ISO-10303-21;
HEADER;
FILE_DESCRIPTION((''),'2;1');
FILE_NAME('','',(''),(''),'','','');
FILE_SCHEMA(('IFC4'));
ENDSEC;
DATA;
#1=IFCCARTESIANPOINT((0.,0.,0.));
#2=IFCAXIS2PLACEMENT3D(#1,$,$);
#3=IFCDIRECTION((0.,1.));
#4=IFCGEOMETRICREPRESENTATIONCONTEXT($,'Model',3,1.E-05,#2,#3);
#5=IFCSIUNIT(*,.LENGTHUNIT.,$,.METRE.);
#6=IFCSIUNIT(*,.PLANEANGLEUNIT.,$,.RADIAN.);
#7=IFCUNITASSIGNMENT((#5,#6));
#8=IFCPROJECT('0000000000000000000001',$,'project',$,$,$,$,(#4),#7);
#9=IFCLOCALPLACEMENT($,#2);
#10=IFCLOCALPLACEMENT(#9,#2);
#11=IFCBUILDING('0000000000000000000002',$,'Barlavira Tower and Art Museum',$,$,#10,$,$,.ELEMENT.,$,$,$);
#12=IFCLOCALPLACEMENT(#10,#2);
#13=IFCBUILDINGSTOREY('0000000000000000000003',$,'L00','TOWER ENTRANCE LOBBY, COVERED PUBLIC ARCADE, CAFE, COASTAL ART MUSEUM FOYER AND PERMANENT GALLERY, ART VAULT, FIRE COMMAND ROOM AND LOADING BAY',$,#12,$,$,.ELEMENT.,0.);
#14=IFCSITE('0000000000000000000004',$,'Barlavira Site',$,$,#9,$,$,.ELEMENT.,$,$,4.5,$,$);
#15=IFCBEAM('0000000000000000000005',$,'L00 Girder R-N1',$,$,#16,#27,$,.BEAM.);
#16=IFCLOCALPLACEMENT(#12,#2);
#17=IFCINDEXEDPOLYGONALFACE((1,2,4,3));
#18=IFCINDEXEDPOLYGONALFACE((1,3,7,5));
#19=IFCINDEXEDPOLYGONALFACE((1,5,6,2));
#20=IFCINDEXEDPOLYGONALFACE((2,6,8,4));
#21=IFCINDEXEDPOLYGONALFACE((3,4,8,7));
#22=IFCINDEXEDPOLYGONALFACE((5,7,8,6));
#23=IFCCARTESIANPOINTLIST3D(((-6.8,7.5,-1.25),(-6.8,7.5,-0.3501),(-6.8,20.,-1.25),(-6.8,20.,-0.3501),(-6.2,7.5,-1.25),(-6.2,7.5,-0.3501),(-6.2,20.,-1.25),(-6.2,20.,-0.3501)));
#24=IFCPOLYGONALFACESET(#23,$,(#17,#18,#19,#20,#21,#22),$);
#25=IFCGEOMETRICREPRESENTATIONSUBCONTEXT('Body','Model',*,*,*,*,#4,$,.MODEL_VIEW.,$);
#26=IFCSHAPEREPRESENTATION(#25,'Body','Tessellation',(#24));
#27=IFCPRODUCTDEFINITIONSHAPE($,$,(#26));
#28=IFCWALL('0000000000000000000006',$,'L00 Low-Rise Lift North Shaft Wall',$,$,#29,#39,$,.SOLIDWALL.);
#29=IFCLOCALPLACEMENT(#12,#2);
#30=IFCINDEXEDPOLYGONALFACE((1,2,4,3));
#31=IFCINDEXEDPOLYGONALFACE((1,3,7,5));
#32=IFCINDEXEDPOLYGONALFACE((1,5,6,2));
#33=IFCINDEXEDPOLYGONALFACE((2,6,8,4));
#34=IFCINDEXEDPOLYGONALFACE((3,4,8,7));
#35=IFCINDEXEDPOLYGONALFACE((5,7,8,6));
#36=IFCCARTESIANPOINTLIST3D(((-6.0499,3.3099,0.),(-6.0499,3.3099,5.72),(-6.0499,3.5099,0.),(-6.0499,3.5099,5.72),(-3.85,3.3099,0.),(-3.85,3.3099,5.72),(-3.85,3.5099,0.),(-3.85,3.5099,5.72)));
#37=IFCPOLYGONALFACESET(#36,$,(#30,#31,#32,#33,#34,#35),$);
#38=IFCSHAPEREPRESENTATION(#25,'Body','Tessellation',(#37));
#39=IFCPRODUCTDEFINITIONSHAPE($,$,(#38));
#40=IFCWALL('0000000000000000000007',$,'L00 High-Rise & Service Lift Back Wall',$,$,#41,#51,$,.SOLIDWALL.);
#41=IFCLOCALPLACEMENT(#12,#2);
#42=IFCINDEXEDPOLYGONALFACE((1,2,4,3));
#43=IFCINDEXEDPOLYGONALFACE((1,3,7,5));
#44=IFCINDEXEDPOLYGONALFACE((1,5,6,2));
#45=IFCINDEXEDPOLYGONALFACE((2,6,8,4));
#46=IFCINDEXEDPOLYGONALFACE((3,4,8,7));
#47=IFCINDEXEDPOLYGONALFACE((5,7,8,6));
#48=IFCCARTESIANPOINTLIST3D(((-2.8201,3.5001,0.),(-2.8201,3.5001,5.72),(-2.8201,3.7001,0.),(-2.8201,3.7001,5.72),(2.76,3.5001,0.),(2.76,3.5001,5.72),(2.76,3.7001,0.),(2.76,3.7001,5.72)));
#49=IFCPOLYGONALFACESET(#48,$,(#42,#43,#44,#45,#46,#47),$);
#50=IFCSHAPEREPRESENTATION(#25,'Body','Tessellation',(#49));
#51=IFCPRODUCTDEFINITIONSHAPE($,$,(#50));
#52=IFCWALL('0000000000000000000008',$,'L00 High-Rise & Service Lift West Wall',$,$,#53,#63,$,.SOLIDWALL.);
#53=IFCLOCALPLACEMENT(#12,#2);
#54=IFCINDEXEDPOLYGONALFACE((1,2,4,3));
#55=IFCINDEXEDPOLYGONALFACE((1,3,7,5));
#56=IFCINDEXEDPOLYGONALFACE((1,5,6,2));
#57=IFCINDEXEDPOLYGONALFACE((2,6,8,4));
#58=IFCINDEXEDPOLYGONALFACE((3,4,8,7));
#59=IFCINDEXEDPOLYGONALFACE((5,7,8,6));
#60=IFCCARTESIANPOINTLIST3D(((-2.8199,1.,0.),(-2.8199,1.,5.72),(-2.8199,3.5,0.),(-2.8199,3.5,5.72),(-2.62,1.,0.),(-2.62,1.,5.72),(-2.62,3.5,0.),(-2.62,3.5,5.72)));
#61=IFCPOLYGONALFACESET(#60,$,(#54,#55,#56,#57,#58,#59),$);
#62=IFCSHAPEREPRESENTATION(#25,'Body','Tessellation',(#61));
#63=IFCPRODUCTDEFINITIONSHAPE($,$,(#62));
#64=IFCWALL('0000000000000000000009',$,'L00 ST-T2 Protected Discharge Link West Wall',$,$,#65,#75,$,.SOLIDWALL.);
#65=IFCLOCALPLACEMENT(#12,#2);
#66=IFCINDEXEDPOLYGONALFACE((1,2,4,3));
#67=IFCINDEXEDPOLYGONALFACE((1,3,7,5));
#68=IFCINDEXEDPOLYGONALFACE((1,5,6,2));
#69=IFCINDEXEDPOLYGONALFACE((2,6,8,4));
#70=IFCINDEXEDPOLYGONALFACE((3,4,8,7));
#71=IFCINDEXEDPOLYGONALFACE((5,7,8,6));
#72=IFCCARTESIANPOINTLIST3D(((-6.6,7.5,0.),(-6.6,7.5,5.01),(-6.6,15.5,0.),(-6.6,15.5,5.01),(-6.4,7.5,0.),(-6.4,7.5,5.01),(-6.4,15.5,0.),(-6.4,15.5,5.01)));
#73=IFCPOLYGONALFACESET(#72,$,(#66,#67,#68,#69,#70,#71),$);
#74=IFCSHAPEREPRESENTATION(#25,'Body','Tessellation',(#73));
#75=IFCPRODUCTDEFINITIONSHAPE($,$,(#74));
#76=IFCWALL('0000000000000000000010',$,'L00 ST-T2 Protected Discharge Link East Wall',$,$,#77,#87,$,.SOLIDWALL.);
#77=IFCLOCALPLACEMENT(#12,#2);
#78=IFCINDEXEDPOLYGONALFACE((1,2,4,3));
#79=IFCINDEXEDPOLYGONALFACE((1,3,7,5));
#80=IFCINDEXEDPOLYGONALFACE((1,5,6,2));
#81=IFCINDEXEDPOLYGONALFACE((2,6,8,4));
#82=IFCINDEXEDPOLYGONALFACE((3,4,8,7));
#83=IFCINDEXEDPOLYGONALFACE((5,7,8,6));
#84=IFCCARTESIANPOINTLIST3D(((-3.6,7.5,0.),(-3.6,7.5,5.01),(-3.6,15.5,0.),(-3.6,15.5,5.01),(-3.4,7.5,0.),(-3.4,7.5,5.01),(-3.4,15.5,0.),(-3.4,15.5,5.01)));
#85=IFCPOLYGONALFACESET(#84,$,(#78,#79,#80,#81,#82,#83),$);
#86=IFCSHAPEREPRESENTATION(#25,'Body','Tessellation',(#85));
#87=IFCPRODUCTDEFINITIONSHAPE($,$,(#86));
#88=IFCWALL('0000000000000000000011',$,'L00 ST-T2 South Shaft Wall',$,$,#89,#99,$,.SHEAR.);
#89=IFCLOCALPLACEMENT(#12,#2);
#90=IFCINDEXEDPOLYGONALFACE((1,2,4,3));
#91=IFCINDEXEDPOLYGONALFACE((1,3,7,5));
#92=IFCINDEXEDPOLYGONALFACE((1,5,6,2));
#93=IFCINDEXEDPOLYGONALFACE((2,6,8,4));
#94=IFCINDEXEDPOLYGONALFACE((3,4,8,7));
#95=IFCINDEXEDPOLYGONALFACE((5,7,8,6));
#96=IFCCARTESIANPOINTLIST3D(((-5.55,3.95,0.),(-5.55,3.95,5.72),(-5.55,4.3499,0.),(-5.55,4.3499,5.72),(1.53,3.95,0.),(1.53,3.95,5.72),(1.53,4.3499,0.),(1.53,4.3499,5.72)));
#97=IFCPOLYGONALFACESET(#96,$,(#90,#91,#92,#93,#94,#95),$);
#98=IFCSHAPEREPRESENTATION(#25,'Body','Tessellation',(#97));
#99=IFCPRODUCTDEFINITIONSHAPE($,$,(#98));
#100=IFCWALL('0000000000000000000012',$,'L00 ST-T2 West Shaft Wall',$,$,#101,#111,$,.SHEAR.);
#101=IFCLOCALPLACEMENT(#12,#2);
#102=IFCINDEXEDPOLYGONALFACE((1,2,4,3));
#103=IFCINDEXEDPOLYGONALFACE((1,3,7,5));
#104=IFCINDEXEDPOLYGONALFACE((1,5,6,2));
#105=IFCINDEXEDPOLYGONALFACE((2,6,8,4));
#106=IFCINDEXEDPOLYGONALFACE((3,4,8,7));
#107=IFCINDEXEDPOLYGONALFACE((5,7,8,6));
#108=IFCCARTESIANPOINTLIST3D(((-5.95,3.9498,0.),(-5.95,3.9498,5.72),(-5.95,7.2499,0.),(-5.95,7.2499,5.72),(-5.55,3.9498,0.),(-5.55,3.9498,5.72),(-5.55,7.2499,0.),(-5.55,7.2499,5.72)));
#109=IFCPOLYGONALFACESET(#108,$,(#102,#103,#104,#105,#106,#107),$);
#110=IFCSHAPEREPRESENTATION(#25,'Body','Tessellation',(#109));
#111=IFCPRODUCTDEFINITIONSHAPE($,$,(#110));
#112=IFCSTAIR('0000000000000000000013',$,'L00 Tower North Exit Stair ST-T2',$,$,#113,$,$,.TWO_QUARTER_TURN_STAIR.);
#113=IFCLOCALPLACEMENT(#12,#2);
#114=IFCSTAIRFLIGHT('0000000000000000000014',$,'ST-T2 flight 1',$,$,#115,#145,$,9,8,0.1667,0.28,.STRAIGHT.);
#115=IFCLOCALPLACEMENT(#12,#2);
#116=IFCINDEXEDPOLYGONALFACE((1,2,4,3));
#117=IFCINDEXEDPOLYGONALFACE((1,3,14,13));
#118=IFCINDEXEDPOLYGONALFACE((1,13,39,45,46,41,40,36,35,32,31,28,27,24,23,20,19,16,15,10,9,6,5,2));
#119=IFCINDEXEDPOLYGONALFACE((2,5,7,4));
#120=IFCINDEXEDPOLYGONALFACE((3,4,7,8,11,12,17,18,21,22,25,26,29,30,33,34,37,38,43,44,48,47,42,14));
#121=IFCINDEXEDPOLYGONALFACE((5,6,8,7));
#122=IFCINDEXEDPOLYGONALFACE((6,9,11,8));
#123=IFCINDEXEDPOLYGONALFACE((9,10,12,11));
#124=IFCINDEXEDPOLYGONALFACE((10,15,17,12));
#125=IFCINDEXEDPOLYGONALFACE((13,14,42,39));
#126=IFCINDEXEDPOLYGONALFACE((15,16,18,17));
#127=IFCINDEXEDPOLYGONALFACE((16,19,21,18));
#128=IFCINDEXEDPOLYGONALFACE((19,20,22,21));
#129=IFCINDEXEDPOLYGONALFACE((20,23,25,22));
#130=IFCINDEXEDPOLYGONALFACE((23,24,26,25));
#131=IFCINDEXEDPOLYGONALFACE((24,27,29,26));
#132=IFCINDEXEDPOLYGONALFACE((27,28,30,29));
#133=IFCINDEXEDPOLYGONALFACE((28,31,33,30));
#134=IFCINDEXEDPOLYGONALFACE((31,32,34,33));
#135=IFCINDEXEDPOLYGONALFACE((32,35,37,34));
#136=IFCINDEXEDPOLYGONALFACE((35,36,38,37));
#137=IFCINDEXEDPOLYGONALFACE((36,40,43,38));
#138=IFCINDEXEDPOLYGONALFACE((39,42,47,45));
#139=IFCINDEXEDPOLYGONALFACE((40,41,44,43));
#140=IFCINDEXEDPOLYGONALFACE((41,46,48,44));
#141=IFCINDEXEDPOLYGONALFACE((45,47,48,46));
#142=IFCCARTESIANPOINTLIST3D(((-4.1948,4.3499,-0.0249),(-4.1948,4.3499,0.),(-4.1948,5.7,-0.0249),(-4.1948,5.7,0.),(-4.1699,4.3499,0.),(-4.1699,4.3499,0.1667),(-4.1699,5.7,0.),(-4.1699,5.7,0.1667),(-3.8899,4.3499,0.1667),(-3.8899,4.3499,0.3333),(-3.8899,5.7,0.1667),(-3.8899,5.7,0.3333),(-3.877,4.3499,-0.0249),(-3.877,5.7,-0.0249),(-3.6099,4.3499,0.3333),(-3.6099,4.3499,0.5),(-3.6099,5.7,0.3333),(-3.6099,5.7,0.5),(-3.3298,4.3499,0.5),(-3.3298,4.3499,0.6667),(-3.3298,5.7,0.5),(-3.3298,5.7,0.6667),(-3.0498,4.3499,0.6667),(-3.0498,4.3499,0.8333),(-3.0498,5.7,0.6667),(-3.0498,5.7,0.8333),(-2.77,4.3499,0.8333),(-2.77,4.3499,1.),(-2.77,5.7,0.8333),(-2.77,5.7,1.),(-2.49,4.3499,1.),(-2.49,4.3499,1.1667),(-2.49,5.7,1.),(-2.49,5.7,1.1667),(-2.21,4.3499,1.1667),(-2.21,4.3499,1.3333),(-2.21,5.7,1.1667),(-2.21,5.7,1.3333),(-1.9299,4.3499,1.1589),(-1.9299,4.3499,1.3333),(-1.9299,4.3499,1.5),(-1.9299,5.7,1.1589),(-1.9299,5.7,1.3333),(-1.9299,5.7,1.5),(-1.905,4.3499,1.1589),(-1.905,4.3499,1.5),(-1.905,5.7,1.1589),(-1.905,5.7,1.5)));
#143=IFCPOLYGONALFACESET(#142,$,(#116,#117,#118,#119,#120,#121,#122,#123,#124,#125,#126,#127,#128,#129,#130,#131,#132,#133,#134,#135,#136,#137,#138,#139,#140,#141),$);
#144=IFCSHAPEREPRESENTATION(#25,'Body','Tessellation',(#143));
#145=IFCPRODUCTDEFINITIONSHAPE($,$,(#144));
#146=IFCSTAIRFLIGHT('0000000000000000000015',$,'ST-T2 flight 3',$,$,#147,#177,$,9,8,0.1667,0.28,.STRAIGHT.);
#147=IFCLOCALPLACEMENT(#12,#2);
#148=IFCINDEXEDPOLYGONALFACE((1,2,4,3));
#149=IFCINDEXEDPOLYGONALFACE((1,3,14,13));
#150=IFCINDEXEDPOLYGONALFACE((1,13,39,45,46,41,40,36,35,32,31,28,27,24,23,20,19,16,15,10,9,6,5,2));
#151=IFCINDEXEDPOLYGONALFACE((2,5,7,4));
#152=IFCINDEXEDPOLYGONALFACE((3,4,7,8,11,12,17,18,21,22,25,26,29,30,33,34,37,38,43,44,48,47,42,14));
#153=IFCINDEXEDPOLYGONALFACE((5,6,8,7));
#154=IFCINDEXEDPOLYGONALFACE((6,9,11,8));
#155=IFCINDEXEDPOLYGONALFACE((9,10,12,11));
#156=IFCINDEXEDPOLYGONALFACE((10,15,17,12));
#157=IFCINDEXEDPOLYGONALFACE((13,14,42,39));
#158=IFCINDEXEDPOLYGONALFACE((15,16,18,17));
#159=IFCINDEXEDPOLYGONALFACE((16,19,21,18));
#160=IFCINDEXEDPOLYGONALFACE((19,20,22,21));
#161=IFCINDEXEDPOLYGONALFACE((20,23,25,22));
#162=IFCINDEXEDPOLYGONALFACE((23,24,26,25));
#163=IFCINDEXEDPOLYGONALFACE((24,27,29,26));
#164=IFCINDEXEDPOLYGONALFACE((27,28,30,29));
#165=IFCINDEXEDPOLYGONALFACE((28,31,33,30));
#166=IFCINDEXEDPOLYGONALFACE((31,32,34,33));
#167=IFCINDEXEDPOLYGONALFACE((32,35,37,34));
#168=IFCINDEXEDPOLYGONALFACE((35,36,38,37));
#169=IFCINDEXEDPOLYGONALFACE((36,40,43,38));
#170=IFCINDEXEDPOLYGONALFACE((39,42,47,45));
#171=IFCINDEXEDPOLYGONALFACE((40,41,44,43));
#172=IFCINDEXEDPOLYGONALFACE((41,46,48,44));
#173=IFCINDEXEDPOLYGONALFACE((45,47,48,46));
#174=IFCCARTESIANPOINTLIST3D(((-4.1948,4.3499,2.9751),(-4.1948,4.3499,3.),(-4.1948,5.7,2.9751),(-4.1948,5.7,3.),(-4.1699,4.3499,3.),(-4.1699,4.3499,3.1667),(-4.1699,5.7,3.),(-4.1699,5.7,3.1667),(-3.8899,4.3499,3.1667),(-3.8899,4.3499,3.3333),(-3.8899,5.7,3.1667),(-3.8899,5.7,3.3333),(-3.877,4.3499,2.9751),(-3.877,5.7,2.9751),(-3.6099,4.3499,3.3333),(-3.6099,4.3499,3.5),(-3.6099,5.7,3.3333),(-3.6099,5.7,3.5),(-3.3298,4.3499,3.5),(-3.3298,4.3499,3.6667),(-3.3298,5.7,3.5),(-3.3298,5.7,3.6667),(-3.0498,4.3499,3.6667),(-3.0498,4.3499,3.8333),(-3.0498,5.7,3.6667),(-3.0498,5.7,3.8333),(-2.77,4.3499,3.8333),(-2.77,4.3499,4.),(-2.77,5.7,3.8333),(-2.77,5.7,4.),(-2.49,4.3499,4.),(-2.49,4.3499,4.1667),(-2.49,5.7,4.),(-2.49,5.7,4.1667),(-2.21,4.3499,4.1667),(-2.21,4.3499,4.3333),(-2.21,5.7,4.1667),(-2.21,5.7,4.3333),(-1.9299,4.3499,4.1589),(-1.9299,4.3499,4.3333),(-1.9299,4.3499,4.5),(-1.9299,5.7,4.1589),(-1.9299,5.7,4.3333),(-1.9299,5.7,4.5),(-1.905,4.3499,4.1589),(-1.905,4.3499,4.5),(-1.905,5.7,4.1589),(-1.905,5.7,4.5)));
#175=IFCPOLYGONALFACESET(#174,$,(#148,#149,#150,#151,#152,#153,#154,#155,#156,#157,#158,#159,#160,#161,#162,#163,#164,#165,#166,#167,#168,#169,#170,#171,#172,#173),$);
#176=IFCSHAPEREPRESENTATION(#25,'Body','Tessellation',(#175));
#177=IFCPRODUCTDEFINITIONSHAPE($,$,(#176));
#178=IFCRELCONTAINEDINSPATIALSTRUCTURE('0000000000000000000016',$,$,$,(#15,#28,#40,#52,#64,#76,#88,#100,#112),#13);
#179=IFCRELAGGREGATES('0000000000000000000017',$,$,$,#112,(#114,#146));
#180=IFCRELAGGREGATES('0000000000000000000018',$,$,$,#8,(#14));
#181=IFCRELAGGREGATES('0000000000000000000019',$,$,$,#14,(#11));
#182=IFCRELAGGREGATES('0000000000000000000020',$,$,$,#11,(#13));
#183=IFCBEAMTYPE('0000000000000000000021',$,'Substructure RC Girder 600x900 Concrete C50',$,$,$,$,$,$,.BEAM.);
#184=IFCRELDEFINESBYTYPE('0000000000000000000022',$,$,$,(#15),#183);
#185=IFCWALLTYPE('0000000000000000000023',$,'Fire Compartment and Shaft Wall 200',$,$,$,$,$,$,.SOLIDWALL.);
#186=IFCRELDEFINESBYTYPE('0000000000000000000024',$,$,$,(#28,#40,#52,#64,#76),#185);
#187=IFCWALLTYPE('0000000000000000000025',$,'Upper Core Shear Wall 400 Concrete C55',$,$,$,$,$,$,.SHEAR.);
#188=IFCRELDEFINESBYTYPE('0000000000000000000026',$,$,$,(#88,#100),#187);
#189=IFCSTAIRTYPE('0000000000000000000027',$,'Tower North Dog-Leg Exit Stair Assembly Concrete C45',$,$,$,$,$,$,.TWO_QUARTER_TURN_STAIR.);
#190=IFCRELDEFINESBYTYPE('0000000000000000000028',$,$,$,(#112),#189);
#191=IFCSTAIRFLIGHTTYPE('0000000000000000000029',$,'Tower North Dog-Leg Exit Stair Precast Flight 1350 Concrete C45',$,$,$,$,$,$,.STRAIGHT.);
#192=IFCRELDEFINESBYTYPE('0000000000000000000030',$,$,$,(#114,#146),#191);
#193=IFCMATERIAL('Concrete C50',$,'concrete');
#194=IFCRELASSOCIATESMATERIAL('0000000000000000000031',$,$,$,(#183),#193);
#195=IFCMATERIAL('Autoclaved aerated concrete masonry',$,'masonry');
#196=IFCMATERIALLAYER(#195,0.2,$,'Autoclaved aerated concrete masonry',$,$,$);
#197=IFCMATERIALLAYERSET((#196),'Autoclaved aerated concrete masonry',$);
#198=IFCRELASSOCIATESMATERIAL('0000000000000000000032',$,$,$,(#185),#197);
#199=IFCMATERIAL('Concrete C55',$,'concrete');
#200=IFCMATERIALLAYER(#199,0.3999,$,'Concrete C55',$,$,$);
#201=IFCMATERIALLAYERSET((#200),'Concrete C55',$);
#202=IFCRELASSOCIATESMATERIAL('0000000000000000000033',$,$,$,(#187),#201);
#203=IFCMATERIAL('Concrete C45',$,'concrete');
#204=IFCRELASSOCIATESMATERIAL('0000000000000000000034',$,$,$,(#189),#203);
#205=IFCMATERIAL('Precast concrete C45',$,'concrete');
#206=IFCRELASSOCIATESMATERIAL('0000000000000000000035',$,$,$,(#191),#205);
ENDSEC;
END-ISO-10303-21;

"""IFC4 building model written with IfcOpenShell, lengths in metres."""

from ifc_helpers import new_model, si_unit, direction, frame, frame_2d, origin, origin_2d, place, context, subcontext, project, spatial, polyline, rectangle, outline, extrude, material, layer, layer_set, material_profile, profile_set, type_object, element, aggregate, save


model = new_model("IFC4")

# Units and contexts
model_context = context("Model", 3, precision=1e-05, world=origin(), true_north=direction((0.0, 1.0)))
body_context = subcontext(model_context, "Body", "Model", "MODEL_VIEW")
ifc_project = project(units=[si_unit("LENGTHUNIT", "METRE"), si_unit("PLANEANGLEUNIT", "RADIAN")], contexts=[model_context])

# Site, building, storey
site_placement = place(None, origin())
site = spatial("IfcSite", under=ifc_project, at=site_placement, Name="Barlavira Site", CompositionType="ELEMENT", RefElevation=4.5)
building_placement = place(site_placement, origin())
building = spatial("IfcBuilding", under=site, at=building_placement, Name="Barlavira Tower and Art Museum", CompositionType="ELEMENT")
storey_placement = place(building_placement, origin())
storey = spatial("IfcBuildingStorey", under=building, at=storey_placement, Name="L00", Description="TOWER ENTRANCE LOBBY, COVERED PUBLIC ARCADE, CAFE, COASTAL ART MUSEUM FOYER AND PERMANENT GALLERY, ART VAULT, FIRE COMMAND ROOM AND LOADING BAY", CompositionType="ELEMENT", Elevation=0.0)

# Beam
ifc_material_1 = material(Name="Concrete C50", Category="concrete")
ifc_material_profile = material_profile(ifc_material_1, rectangle(XDim=0.6001, YDim=0.8999, at=origin_2d()), Name="RC-BM 600x900")
ifc_profile_set = profile_set([ifc_material_profile], Name="Concrete C50")
beam_type = type_object("IfcBeamType", Name="Substructure RC Girder 600x900 Concrete C50", PredefinedType="BEAM", material=ifc_profile_set)
beam_placement = place(storey_placement, frame((-6.5, 7.5, -0.8), z_axis=(0.0, 1.0, 0.0), x_axis=(-1.0, 0.0, 0.0)))
element("IfcBeam", 1, at=beam_placement, inside=storey, type_object=beam_type, Name="L00 Girder R-N1", PredefinedType="BEAM", context=body_context, shape_type="SweptSolid", body=[
    extrude(rectangle(XDim=0.6001, YDim=0.8999, at=origin_2d()), origin(), (0.0, 0.0, 1.0), 12.5),
])

# Wall
ifc_material_2 = material(Name="Autoclaved aerated concrete masonry", Category="masonry")
ifc_layer_1 = layer(ifc_material_2, 0.2, Name="Autoclaved aerated concrete masonry")
ifc_layer_set_1 = layer_set([ifc_layer_1], Name="Autoclaved aerated concrete masonry")
wall_type_1 = type_object("IfcWallType", Name="Fire Compartment and Shaft Wall 200", PredefinedType="SOLIDWALL", material=ifc_layer_set_1)
wall_1_placement = place(storey_placement, frame((-6.05, 3.4099, 0.0), z_axis=(0.0, 0.0, 1.0), x_axis=(1.0, 0.0, 0.0)))
element("IfcWall", 2, at=wall_1_placement, inside=storey, type_object=wall_type_1, Name="L00 Low-Rise Lift North Shaft Wall", PredefinedType="SOLIDWALL", context=body_context, shape_type="SweptSolid", body=[
    extrude(rectangle(XDim=2.2, YDim=0.2, at=frame_2d((1.1001, 0.0))), origin(), (0.0, 0.0, 1.0), 5.72),
])

# Walls
wall_2_placement = place(storey_placement, frame((-2.8201, 3.6001, 0.0), z_axis=(0.0, 0.0, 1.0), x_axis=(1.0, 0.0, 0.0)))
element("IfcWall", 3, at=wall_2_placement, inside=storey, type_object=wall_type_1, Name="L00 High-Rise & Service Lift Back Wall", PredefinedType="SOLIDWALL", context=body_context, shape_type="SweptSolid", body=[
    extrude(rectangle(XDim=5.5801, YDim=0.2, at=frame_2d((2.79, 0.0))), origin(), (0.0, 0.0, 1.0), 5.72),
])
wall_3_placement = place(storey_placement, frame((-2.72, 1.0, 0.0), z_axis=(0.0, 0.0, 1.0), x_axis=(0.0, 1.0, 0.0)))
element("IfcWall", 4, at=wall_3_placement, inside=storey, type_object=wall_type_1, Name="L00 High-Rise & Service Lift West Wall", PredefinedType="SOLIDWALL", context=body_context, shape_type="SweptSolid", body=[
    extrude(rectangle(XDim=2.5, YDim=0.2, at=frame_2d((1.25, 0.0))), origin(), (0.0, 0.0, 1.0), 5.72),
])
for number, where, z_axis, x_axis, name in (
    (5, (-6.5, 7.5, 0.0), (0.0, 0.0, 1.0), (0.0, 1.0, 0.0), "L00 ST-T2 Protected Discharge Link West Wall"),
    (6, (-3.5, 7.5, 0.0), (0.0, 0.0, 1.0), (0.0, 1.0, 0.0), "L00 ST-T2 Protected Discharge Link East Wall"),
):
    element("IfcWall", number, at=place(storey_placement, frame(where, z_axis=z_axis, x_axis=x_axis)), inside=storey, type_object=wall_type_1, Name=name, PredefinedType="SOLIDWALL", context=body_context, shape_type="SweptSolid", body=[
        extrude(rectangle(XDim=8.0, YDim=0.2, at=frame_2d((4.0, 0.0))), origin(), (0.0, 0.0, 1.0), 5.01),
    ])
ifc_material_3 = material(Name="Concrete C55", Category="concrete")
ifc_layer_2 = layer(ifc_material_3, 0.3999, Name="Concrete C55")
ifc_layer_set_2 = layer_set([ifc_layer_2], Name="Concrete C55")
wall_type_2 = type_object("IfcWallType", Name="Upper Core Shear Wall 400 Concrete C55", PredefinedType="SHEAR", material=ifc_layer_set_2)
wall_4_placement = place(storey_placement, frame((-5.55, 4.1499, 0.0), z_axis=(0.0, 0.0, 1.0), x_axis=(1.0, 0.0, 0.0)))
element("IfcWall", 7, at=wall_4_placement, inside=storey, type_object=wall_type_2, Name="L00 ST-T2 South Shaft Wall", PredefinedType="SHEAR", context=body_context, shape_type="SweptSolid", body=[
    extrude(rectangle(XDim=7.0801, YDim=0.3999, at=frame_2d((3.54, 0.0))), origin(), (0.0, 0.0, 1.0), 5.72),
])
wall_5_placement = place(storey_placement, frame((-5.75, 3.95, 0.0), z_axis=(0.0, 0.0, 1.0), x_axis=(0.0, 1.0, 0.0)))
element("IfcWall", 8, at=wall_5_placement, inside=storey, type_object=wall_type_2, Name="L00 ST-T2 West Shaft Wall", PredefinedType="SHEAR", context=body_context, shape_type="SweptSolid", body=[
    extrude(rectangle(XDim=3.3, YDim=0.3999, at=frame_2d((1.6499, 0.0))), origin(), (0.0, 0.0, 1.0), 5.72),
])

# Stair, stair flights
ifc_material_4 = material(Name="Concrete C45", Category="concrete")
stair_type = type_object("IfcStairType", Name="Tower North Dog-Leg Exit Stair Assembly Concrete C45", PredefinedType="TWO_QUARTER_TURN_STAIR", material=ifc_material_4)
stair_placement = place(storey_placement, origin())
stair = element("IfcStair", 9, at=stair_placement, inside=storey, type_object=stair_type, Name="L00 Tower North Exit Stair ST-T2", PredefinedType="TWO_QUARTER_TURN_STAIR")
ifc_material_5 = material(Name="Precast concrete C45", Category="concrete")
stair_flight_type = type_object("IfcStairFlightType", Name="Tower North Dog-Leg Exit Stair Precast Flight 1350 Concrete C45", PredefinedType="STRAIGHT", material=ifc_material_5)
stair_flight_1_placement = place(storey_placement, frame((-4.1699, 5.0249, 0.0), z_axis=(0.0, 0.0, 1.0), x_axis=(1.0, 0.0, 0.0)))
stair_flight_1 = element("IfcStairFlight", 10, at=stair_flight_1_placement, type_object=stair_flight_type, Name="ST-T2 flight 1", NumberOfRisers=9, NumberOfTreads=8, PredefinedType="STRAIGHT", RiserHeight=0.1667, TreadLength=0.28, context=body_context, shape_type="SweptSolid", body=[
    extrude(outline(polyline([(-0.0249, 0.0), (0.0, 0.0), (0.0, 0.1667), (0.28, 0.1667), (0.28, 0.3333), (0.5601, 0.3333), (0.5601, 0.5), (0.8401, 0.5), (0.8401, 0.6667), (1.1201, 0.6667), (1.1201, 0.8333), (1.3999, 0.8333), (1.3999, 1.0), (1.6799, 1.0), (1.6799, 1.1667), (1.96, 1.1667), (1.96, 1.3333), (2.24, 1.3333), (2.24, 1.5), (2.2649, 1.5), (2.2649, 1.1589), (2.24, 1.1589), (0.293, -0.0249), (-0.0249, -0.0249), (-0.0249, 0.0)])), frame((0.0, 0.675, 0.0), z_axis=(0.0, -1.0, 0.0), x_axis=(1.0, 0.0, 0.0)), (0.0, 0.0, 1.0), 1.3501),
])
stair_flight_2_placement = place(storey_placement, frame((-4.1699, 5.0249, 3.0), z_axis=(0.0, 0.0, 1.0), x_axis=(1.0, 0.0, 0.0)))
stair_flight_2 = element("IfcStairFlight", 11, at=stair_flight_2_placement, type_object=stair_flight_type, Name="ST-T2 flight 3", NumberOfRisers=9, NumberOfTreads=8, PredefinedType="STRAIGHT", RiserHeight=0.1667, TreadLength=0.28, context=body_context, shape_type="SweptSolid", body=[
    extrude(outline(polyline([(-0.0249, 0.0), (0.0, 0.0), (0.0, 0.1667), (0.28, 0.1667), (0.28, 0.3333), (0.5601, 0.3333), (0.5601, 0.5), (0.8401, 0.5), (0.8401, 0.6667), (1.1201, 0.6667), (1.1201, 0.8333), (1.3999, 0.8333), (1.3999, 1.0), (1.6799, 1.0), (1.6799, 1.1667), (1.96, 1.1667), (1.96, 1.3333), (2.24, 1.3333), (2.24, 1.5), (2.2649, 1.5), (2.2649, 1.1589), (2.24, 1.1589), (0.293, -0.0249), (-0.0249, -0.0249), (-0.0249, 0.0)])), frame((0.0, 0.675, 0.0), z_axis=(0.0, -1.0, 0.0), x_axis=(1.0, 0.0, 0.0)), (0.0, 0.0, 1.0), 1.3501),
])
aggregate(stair, [stair_flight_1, stair_flight_2])

save(model, "model.ifc")
